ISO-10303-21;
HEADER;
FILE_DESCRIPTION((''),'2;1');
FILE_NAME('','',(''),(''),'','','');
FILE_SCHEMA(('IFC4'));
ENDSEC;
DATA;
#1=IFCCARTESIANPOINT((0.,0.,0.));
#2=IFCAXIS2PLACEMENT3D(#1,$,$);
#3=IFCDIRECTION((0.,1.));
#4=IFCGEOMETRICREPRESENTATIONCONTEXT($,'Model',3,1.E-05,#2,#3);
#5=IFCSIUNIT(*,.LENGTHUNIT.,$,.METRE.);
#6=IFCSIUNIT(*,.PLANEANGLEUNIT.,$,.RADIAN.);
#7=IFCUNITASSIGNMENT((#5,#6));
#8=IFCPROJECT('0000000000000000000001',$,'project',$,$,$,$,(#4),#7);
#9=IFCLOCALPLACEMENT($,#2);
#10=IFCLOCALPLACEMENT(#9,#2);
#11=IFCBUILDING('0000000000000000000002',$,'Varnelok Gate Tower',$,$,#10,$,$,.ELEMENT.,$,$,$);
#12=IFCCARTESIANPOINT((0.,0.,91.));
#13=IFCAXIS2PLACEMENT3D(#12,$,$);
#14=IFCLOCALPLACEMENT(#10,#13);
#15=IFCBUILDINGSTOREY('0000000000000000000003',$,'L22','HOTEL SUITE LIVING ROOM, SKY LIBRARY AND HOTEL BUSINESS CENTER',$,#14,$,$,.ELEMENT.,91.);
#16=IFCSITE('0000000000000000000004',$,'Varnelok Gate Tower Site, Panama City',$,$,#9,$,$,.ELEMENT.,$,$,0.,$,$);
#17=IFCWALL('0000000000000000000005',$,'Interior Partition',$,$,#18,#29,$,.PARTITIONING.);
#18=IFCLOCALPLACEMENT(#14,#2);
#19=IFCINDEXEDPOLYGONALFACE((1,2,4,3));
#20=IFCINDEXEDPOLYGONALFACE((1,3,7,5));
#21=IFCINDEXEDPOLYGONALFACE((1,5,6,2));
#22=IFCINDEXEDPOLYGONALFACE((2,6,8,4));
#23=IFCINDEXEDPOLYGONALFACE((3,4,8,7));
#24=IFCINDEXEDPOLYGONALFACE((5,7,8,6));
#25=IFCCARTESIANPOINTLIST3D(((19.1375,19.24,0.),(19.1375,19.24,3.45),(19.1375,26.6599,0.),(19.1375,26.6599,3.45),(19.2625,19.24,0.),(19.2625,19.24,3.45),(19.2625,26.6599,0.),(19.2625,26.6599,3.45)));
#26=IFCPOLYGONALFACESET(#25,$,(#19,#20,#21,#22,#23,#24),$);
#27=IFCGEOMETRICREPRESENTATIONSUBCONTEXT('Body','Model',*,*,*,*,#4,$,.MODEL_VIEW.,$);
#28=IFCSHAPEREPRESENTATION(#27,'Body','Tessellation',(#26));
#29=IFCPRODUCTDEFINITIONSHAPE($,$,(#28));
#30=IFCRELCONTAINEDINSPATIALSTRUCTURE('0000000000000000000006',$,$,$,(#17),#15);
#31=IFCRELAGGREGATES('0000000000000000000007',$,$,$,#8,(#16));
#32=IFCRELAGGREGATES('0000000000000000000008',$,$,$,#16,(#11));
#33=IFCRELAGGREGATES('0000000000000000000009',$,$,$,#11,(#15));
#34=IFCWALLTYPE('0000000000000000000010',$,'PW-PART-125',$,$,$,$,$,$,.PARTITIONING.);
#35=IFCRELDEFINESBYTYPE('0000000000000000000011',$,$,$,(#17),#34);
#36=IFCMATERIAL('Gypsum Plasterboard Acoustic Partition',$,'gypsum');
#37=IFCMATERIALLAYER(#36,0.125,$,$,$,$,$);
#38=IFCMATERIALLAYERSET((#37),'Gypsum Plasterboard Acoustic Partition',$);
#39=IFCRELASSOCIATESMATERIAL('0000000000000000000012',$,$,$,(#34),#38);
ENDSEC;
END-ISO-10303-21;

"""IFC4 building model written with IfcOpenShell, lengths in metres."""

from ifc_helpers import new_model, si_unit, direction, frame, frame_2d, origin, place, context, subcontext, project, spatial, rectangle, extrude, material, layer, layer_set, type_object, element, save


model = new_model("IFC4")

# Units and contexts
model_context = context("Model", 3, precision=1e-05, world=origin(), true_north=direction((0.0, 1.0)))
body_context = subcontext(model_context, "Body", "Model", "MODEL_VIEW")
ifc_project = project(units=[si_unit("LENGTHUNIT", "METRE"), si_unit("PLANEANGLEUNIT", "RADIAN")], contexts=[model_context])

# Site, building, storey
site_placement = place(None, origin())
site = spatial("IfcSite", under=ifc_project, at=site_placement, Name="Varnelok Gate Tower Site, Panama City", CompositionType="ELEMENT", RefElevation=0.0)
building_placement = place(site_placement, origin())
building = spatial("IfcBuilding", under=site, at=building_placement, Name="Varnelok Gate Tower", CompositionType="ELEMENT")
storey_placement = place(building_placement, frame((0.0, 0.0, 91.0)))
storey = spatial("IfcBuildingStorey", under=building, at=storey_placement, Name="L22", Description="HOTEL SUITE LIVING ROOM, SKY LIBRARY AND HOTEL BUSINESS CENTER", CompositionType="ELEMENT", Elevation=91.0)

# Shared definitions
ifc_material_1 = material(Name="Gypsum Plasterboard Acoustic Partition", Category="gypsum")

# Wall
ifc_layer_1 = layer(ifc_material_1, 0.125)
ifc_layer_set_1 = layer_set([ifc_layer_1], Name="Gypsum Plasterboard Acoustic Partition")
wall_type_1 = type_object("IfcWallType", Name="PW-PART-125", PredefinedType="PARTITIONING", material=ifc_layer_set_1)
wall_1_placement = place(storey_placement, frame((19.2, 19.24, 0.0), z_axis=(0.0, 0.0, 1.0), x_axis=(0.0, 1.0, 0.0)))
element("IfcWall", 1, at=wall_1_placement, inside=storey, type_object=wall_type_1, Name="Interior Partition", PredefinedType="PARTITIONING", context=body_context, shape_type="SweptSolid", body=[
    extrude(rectangle(XDim=7.4199, YDim=0.125, at=frame_2d((3.71, 0.0))), origin(), (0.0, 0.0, 1.0), 3.45),
])

save(model, "model.ifc")
